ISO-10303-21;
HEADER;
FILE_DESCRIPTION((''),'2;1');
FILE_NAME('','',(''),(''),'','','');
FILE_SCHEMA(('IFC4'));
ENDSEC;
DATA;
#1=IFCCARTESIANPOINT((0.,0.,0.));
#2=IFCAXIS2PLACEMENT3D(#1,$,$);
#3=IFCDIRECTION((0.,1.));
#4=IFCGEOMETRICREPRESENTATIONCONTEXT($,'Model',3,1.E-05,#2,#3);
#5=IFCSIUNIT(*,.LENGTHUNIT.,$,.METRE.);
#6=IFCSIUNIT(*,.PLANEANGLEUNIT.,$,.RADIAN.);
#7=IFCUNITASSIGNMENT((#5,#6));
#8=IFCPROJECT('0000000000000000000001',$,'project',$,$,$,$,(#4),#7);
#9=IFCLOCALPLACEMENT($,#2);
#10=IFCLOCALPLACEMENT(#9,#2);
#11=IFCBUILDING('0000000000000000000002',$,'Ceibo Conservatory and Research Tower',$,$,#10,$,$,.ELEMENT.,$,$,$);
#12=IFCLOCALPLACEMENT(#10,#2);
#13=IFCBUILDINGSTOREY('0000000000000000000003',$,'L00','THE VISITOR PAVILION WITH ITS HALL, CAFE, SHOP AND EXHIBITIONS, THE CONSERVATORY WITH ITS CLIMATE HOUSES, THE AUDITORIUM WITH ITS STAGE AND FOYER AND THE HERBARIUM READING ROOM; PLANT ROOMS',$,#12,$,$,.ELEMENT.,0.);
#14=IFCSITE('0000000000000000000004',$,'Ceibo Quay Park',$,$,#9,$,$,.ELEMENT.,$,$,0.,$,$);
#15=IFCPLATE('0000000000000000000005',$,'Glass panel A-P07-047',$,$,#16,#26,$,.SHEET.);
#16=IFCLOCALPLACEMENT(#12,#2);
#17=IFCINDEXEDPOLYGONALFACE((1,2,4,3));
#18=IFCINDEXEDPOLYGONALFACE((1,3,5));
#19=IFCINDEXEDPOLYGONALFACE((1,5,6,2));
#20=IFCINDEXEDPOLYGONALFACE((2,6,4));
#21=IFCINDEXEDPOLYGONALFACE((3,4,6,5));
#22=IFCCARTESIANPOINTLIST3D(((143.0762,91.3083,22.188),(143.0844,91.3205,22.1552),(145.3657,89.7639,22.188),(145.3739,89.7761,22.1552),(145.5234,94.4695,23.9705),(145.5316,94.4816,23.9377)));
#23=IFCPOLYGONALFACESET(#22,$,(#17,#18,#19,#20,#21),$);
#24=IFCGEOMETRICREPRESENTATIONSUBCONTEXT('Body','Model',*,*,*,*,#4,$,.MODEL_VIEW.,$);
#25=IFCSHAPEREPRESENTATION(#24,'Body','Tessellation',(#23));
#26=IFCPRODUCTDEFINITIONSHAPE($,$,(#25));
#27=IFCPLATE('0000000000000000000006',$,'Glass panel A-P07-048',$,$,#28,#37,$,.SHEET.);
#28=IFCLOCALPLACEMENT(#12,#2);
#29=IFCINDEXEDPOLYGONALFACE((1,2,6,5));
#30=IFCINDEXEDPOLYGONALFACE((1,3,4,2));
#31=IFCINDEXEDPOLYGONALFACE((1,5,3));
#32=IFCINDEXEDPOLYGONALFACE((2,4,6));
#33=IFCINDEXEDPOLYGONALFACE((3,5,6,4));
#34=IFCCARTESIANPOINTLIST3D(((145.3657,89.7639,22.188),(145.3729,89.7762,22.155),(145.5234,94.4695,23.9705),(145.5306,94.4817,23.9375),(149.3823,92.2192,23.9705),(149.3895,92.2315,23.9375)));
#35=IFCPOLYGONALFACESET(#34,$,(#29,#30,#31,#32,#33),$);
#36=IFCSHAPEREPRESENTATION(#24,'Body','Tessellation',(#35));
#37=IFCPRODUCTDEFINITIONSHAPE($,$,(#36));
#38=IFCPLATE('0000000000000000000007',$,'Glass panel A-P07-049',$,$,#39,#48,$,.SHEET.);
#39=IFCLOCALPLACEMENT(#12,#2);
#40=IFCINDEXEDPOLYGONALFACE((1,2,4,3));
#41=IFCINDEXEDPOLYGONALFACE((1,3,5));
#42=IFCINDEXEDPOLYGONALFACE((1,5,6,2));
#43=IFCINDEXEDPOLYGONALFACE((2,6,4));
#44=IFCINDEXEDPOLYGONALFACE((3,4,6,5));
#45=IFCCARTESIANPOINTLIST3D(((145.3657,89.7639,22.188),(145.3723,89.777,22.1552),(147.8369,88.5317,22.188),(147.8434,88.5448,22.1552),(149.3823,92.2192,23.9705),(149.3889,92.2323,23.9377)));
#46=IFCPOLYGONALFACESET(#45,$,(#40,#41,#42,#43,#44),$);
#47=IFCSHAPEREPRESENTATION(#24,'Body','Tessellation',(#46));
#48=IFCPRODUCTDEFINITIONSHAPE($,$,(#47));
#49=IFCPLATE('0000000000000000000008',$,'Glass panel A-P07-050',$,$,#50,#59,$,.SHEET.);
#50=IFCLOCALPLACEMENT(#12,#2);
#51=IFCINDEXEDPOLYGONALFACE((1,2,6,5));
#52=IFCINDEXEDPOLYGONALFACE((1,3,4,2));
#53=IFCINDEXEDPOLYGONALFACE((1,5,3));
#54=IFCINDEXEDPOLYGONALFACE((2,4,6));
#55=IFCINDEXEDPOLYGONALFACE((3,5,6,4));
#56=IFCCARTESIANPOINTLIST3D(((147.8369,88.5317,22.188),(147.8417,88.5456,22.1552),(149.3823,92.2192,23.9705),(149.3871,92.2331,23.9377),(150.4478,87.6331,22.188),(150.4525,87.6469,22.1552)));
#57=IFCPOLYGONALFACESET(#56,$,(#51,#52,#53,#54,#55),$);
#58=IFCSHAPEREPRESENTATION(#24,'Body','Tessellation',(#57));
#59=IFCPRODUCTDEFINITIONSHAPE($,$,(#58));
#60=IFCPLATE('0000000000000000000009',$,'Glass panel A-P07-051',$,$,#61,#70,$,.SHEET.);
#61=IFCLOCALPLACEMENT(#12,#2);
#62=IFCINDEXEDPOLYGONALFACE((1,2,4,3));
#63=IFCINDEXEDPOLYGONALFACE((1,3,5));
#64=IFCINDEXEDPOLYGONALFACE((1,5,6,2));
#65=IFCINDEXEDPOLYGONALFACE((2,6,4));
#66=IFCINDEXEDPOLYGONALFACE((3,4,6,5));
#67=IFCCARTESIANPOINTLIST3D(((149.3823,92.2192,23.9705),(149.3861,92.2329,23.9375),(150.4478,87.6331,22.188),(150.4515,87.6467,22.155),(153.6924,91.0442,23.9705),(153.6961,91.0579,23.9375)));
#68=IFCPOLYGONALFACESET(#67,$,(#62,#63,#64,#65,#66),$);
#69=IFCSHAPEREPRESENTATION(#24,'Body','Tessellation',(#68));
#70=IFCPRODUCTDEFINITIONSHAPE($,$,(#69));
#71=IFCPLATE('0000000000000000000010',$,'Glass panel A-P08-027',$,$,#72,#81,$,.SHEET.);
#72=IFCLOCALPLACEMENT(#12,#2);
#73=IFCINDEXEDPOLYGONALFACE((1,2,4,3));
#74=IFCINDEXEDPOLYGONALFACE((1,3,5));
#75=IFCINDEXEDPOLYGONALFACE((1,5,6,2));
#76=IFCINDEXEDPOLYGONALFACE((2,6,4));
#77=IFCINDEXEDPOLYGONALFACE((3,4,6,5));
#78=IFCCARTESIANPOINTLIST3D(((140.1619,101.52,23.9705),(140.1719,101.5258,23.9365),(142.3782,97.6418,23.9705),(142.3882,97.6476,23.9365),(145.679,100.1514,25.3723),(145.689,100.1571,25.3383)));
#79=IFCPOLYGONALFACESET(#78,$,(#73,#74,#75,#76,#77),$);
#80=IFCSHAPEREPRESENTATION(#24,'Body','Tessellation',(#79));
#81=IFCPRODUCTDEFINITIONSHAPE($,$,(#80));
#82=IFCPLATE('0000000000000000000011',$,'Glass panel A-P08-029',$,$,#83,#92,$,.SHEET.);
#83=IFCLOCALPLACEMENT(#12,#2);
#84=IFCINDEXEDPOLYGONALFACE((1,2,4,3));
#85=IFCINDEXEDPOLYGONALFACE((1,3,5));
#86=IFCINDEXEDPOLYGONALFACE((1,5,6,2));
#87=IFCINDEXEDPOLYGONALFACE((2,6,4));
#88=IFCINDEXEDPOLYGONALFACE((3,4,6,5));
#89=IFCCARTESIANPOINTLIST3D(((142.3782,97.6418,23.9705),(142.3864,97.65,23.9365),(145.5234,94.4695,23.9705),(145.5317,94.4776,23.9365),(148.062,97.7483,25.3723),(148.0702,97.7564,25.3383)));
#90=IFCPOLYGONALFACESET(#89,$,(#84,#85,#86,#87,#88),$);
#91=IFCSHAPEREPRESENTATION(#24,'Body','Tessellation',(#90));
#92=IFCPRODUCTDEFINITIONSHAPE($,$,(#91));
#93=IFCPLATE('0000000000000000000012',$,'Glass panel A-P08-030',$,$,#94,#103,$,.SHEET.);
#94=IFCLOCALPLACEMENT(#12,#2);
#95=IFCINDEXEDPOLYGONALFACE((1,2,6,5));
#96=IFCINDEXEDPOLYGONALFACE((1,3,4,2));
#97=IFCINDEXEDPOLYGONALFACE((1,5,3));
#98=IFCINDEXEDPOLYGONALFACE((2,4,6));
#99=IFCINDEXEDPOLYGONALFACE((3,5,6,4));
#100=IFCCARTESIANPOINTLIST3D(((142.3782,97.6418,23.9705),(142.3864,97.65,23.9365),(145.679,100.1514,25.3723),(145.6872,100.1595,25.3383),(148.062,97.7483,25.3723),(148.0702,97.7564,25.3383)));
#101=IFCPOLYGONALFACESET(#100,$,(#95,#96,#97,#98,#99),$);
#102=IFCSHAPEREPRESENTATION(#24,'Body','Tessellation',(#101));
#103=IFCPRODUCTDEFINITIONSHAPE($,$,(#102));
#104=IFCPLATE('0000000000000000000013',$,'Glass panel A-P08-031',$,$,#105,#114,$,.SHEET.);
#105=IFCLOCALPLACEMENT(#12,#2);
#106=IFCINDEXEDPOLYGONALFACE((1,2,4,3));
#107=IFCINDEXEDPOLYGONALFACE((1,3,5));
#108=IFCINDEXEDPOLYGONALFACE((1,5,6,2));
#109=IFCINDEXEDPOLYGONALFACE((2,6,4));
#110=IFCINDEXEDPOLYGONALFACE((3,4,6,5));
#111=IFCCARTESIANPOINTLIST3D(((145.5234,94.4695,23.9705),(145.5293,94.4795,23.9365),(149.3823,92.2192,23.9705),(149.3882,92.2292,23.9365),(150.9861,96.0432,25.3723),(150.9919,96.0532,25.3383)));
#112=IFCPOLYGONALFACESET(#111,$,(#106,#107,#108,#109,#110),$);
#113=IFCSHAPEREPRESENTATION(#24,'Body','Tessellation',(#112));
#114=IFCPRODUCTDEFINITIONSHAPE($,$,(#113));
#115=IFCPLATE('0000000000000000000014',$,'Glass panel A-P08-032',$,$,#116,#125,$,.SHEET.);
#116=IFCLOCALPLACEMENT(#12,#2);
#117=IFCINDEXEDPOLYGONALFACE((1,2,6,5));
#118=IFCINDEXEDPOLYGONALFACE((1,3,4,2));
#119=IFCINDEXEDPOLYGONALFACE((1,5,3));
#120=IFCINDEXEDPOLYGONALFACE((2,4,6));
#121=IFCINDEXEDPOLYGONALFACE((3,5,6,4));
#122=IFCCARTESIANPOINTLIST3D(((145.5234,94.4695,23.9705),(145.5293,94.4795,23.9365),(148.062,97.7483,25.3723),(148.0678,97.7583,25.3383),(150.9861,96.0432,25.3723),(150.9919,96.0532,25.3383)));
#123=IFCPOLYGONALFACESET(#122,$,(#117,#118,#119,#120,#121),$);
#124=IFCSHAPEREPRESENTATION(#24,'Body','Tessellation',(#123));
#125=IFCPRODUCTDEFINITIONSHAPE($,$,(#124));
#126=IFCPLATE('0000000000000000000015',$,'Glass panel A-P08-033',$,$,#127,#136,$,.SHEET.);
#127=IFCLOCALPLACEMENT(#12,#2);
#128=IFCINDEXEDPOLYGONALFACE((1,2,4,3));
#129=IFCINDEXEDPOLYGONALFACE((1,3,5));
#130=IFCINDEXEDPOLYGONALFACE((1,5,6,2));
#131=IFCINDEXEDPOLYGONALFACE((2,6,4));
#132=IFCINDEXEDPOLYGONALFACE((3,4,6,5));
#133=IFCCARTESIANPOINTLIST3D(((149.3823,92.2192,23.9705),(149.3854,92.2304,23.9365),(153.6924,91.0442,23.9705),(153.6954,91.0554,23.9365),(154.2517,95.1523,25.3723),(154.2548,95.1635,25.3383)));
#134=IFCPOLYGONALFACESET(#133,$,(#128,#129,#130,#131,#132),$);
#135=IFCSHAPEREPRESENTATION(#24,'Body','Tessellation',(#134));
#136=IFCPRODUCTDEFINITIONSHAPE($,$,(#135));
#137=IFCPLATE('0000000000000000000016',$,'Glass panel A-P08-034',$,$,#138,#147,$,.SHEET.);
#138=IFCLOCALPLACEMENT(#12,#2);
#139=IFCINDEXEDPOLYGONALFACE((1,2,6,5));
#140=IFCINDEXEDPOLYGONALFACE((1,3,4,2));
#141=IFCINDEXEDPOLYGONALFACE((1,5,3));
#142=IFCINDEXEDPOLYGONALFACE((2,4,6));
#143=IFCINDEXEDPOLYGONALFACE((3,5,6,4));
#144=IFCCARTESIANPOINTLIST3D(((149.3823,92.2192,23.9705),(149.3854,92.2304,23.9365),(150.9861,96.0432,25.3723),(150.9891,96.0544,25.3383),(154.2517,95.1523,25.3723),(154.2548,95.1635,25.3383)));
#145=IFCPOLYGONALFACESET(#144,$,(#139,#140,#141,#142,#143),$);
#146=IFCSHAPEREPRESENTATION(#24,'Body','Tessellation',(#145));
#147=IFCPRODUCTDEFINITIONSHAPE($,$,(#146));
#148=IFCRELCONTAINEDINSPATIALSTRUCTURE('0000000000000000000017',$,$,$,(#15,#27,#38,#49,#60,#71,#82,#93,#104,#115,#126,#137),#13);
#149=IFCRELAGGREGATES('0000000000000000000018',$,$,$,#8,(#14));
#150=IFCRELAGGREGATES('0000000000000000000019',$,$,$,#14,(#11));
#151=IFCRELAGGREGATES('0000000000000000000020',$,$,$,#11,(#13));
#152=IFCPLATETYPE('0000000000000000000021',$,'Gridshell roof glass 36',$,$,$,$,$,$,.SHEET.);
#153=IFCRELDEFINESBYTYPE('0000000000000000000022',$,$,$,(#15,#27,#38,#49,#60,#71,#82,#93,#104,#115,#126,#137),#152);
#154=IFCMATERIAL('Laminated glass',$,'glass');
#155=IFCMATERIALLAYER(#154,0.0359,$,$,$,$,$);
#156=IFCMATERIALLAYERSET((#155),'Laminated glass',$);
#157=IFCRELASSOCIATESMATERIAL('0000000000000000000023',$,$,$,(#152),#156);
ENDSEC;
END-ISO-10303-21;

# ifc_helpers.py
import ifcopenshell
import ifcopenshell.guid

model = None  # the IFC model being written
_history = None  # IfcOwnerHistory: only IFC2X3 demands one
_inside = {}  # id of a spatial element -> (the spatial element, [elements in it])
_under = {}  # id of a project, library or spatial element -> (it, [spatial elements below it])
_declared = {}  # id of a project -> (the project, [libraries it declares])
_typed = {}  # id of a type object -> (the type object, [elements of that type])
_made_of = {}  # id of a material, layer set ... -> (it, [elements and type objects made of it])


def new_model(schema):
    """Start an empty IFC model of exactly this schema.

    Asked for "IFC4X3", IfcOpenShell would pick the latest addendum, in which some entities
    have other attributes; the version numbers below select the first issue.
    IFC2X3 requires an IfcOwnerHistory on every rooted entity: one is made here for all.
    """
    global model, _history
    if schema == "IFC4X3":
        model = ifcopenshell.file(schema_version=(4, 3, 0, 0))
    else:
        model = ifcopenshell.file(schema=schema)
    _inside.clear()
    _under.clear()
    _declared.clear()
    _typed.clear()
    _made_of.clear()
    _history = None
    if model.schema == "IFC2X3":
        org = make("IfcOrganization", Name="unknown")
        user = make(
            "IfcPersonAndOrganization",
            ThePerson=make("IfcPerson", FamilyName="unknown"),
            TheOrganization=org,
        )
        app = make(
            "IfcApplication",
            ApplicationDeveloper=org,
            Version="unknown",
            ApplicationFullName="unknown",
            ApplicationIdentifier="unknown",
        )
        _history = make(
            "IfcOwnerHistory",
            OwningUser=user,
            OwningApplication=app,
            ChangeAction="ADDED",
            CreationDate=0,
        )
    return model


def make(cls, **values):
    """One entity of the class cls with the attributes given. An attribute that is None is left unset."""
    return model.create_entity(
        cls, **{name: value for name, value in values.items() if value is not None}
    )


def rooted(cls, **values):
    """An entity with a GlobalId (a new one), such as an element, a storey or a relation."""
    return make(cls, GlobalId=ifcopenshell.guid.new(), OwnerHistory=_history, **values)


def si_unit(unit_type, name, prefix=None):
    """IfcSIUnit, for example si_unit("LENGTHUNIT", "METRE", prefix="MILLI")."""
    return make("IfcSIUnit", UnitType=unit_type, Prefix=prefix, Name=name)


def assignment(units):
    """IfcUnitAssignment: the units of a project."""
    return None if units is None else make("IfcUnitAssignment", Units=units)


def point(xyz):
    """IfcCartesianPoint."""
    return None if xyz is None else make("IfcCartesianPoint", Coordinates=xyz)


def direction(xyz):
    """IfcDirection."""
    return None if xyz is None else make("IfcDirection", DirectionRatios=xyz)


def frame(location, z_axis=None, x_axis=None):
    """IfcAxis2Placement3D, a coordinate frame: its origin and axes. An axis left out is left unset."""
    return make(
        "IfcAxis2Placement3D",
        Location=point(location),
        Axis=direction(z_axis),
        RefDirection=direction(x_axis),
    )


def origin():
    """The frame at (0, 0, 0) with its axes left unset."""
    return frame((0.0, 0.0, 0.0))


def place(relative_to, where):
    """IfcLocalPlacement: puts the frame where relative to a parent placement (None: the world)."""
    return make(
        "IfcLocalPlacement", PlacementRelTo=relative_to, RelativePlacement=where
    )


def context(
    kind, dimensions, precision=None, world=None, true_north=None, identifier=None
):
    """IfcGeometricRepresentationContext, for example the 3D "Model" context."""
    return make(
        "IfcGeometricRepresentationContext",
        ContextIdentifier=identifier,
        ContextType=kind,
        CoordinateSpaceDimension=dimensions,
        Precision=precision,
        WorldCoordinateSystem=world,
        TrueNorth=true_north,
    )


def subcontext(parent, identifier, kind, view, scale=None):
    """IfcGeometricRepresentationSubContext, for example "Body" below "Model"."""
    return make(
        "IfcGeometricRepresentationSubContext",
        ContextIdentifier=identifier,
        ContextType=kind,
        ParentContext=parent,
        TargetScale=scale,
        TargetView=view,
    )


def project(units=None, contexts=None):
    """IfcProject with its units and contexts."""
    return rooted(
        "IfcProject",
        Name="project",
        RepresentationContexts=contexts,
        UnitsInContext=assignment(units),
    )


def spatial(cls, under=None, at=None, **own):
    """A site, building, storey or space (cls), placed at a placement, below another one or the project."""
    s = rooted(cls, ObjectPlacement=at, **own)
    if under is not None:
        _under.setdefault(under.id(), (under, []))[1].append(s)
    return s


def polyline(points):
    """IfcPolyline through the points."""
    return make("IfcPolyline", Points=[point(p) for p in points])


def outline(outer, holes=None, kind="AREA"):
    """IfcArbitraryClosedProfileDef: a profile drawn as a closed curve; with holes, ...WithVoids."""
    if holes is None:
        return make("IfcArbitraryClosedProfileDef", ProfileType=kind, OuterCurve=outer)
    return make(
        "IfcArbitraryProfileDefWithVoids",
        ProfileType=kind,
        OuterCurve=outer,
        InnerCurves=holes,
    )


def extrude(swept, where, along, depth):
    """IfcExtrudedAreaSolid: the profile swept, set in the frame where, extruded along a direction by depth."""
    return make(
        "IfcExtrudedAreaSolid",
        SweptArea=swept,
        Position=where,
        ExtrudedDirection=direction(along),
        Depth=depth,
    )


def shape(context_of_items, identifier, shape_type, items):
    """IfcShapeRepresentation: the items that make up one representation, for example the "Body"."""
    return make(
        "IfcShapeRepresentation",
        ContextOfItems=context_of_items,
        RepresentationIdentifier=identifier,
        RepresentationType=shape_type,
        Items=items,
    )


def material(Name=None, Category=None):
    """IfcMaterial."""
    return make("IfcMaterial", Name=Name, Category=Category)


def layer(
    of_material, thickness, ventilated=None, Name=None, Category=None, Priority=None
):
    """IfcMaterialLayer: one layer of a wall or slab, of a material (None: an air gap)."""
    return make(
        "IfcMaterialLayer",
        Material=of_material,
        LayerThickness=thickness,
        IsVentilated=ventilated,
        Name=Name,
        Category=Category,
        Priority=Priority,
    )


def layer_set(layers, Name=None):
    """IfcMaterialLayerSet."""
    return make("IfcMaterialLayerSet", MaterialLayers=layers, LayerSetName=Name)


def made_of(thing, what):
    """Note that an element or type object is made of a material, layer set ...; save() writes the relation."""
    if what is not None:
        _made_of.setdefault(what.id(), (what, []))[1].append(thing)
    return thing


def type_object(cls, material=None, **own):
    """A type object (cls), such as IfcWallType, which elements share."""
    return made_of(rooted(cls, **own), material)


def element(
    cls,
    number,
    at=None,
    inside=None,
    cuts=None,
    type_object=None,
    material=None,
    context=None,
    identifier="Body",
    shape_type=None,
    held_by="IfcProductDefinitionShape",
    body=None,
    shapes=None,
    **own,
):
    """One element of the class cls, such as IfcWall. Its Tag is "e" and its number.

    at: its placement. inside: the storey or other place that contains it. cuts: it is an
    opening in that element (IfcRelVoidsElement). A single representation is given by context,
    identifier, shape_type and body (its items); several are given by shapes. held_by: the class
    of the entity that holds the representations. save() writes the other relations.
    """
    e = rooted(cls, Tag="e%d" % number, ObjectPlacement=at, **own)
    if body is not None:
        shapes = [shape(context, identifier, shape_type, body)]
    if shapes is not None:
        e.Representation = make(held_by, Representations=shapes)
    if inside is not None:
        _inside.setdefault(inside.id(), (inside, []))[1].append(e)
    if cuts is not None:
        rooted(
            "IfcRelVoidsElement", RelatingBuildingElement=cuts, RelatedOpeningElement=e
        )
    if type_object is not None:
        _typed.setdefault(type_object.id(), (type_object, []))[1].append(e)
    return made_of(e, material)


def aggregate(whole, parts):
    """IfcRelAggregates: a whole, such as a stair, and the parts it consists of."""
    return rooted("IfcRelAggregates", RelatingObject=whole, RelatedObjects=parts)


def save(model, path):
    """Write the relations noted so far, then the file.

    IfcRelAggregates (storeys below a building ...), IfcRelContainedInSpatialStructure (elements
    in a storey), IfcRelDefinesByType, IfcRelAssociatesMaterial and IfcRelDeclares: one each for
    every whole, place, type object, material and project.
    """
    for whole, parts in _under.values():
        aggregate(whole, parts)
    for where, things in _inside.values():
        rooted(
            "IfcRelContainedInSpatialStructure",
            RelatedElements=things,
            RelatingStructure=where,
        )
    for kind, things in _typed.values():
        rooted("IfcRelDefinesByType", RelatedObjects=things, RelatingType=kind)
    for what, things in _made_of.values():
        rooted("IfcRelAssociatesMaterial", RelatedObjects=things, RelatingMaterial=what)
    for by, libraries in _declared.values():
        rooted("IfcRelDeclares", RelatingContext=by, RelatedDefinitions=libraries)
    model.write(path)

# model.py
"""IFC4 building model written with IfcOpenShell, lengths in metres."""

from ifc_helpers import new_model, si_unit, direction, frame, origin, place, context, subcontext, project, spatial, polyline, outline, extrude, material, layer, layer_set, type_object, element, save


model = new_model("IFC4")

# Units and contexts
model_context = context("Model", 3, precision=1e-05, world=origin(), true_north=direction((0.0, 1.0)))
body_context = subcontext(model_context, "Body", "Model", "MODEL_VIEW")
ifc_project = project(units=[si_unit("LENGTHUNIT", "METRE"), si_unit("PLANEANGLEUNIT", "RADIAN")], contexts=[model_context])

# Site, building, storey
site_placement = place(None, origin())
site = spatial("IfcSite", under=ifc_project, at=site_placement, Name="Ceibo Quay Park", CompositionType="ELEMENT", RefElevation=0.0)
building_placement = place(site_placement, origin())
building = spatial("IfcBuilding", under=site, at=building_placement, Name="Ceibo Conservatory and Research Tower", CompositionType="ELEMENT")
storey_placement = place(building_placement, origin())
storey = spatial("IfcBuildingStorey", under=building, at=storey_placement, Name="L00", Description="THE VISITOR PAVILION WITH ITS HALL, CAFE, SHOP AND EXHIBITIONS, THE CONSERVATORY WITH ITS CLIMATE HOUSES, THE AUDITORIUM WITH ITS STAGE AND FOYER AND THE HERBARIUM READING ROOM; PLANT ROOMS", CompositionType="ELEMENT", Elevation=0.0)

# Plates
ifc_material_1 = material(Name="Laminated glass", Category="glass")
ifc_layer = layer(ifc_material_1, 0.0359)
ifc_layer_set = layer_set([ifc_layer], Name="Laminated glass")
plate_type = type_object("IfcPlateType", Name="Gridshell roof glass 36", PredefinedType="SHEET", material=ifc_layer_set)
plate_1_placement = place(storey_placement, frame((145.5234, 94.4695, 23.9705), z_axis=(-0.228135, -0.3382, 0.913003), x_axis=(-0.559106, -0.722197, -0.407226)))
element("IfcPlate", 1, at=plate_1_placement, inside=storey, type_object=plate_type, Name="Glass panel A-P07-047", PredefinedType="SHEET", context=body_context, shape_type="SweptSolid", body=[
    extrude(outline(polyline([(0.0, 0.0), (4.3771, 0.0), (4.2124, 2.7568), (0.0, 0.0)])), origin(), (0.0, 0.0, -1.0), 0.0359),
])
plate_2_placement = place(storey_placement, frame((145.5234, 94.4695, 23.9705), z_axis=(-0.199029, -0.34131, 0.918638), x_axis=(-0.031328, -0.934697, -0.354063)))
element("IfcPlate", 2, at=plate_2_placement, inside=storey, type_object=plate_type, Name="Glass panel A-P07-048", PredefinedType="SHEET", context=body_context, shape_type="SweptSolid", body=[
    extrude(outline(polyline([(0.0, 0.0), (5.0343, 0.0), (1.9824, 4.0031), (0.0, 0.0)])), origin(), (0.0, 0.0, -1.0), 0.0359),
])
plate_3_placement = place(storey_placement, frame((149.3823, 92.2192, 23.9705), z_axis=(-0.182022, -0.365053, 0.913019), x_axis=(-0.79793, -0.48777, -0.354102)))
element("IfcPlate", 3, at=plate_3_placement, inside=storey, type_object=plate_type, Name="Glass panel A-P07-049", PredefinedType="SHEET", context=body_context, shape_type="SweptSolid", body=[
    extrude(outline(polyline([(0.0, 0.0), (5.0338, 0.0), (3.663, 2.3971), (0.0, 0.0)])), origin(), (0.0, 0.0, -1.0), 0.0359),
])
plate_4_placement = place(storey_placement, frame((149.3823, 92.2192, 23.9705), z_axis=(-0.132762, -0.385699, 0.913023), x_axis=(-0.353029, -0.842362, -0.407182)))
element("IfcPlate", 4, at=plate_4_placement, inside=storey, type_object=plate_type, Name="Glass panel A-P07-050", PredefinedType="SHEET", context=body_context, shape_type="SweptSolid", body=[
    extrude(outline(polyline([(0.0, 0.0), (4.3776, 0.0), (4.2129, 2.7563), (0.0, 0.0)])), origin(), (0.0, 0.0, -1.0), 0.0359),
])
plate_5_placement = place(storey_placement, frame((149.3823, 92.2192, 23.9705), z_axis=(-0.103921, -0.381182, 0.918641), x_axis=(0.211629, -0.910965, -0.354057)))
element("IfcPlate", 5, at=plate_5_placement, inside=storey, type_object=plate_type, Name="Glass panel A-P07-051", PredefinedType="SHEET", context=body_context, shape_type="SweptSolid", body=[
    extrude(outline(polyline([(0.0, 0.0), (5.0344, 0.0), (1.9826, 4.0033), (0.0, 0.0)])), origin(), (0.0, 0.0, -1.0), 0.0359),
])
plate_6_placement = place(storey_placement, frame((140.1619, 101.52, 23.9705), z_axis=(-0.280222, -0.160142, 0.946483), x_axis=(0.496174, -0.868223, 0.0)))
element("IfcPlate", 6, at=plate_6_placement, inside=storey, type_object=plate_type, Name="Glass panel A-P08-027", PredefinedType="SHEET", context=body_context, shape_type="SweptSolid", body=[
    extrude(outline(polyline([(0.0, 0.0), (4.4668, 0.0), (3.9257, 4.3434), (0.0, 0.0)])), origin(), (0.0, 0.0, -1.0), 0.0359),
])
plate_7_placement = place(storey_placement, frame((142.3782, 97.6418, 23.9705), z_axis=(-0.229186, -0.227228, 0.946489), x_axis=(0.704067, -0.710133, 0.0)))
element("IfcPlate", 7, at=plate_7_placement, inside=storey, type_object=plate_type, Name="Glass panel A-P08-029", PredefinedType="SHEET", context=body_context, shape_type="SweptSolid", body=[
    extrude(outline(polyline([(0.0, 0.0), (4.4673, 0.0), (3.9262, 4.3437), (0.0, 0.0)])), origin(), (0.0, 0.0, -1.0), 0.0359),
])
plate_8_placement = place(storey_placement, frame((142.3782, 97.6418, 23.9705), z_axis=(-0.229182, -0.227273, 0.946479), x_axis=(0.970745, 0.01818, 0.239423)))
element("IfcPlate", 8, at=plate_8_placement, inside=storey, type_object=plate_type, Name="Glass panel A-P08-030", PredefinedType="SHEET", context=body_context, shape_type="SweptSolid", body=[
    extrude(outline(polyline([(0.0, 0.0), (5.8551, 0.0), (3.5855, 2.5105), (0.0, 0.0)])), origin(), (0.0, 0.0, -1.0), 0.0359),
])
plate_9_placement = place(storey_placement, frame((145.5234, 94.4695, 23.9705), z_axis=(-0.162575, -0.278796, 0.946489), x_axis=(0.863854, -0.503742, 0.0)))
element("IfcPlate", 9, at=plate_9_placement, inside=storey, type_object=plate_type, Name="Glass panel A-P08-031", PredefinedType="SHEET", context=body_context, shape_type="SweptSolid", body=[
    extrude(outline(polyline([(0.0, 0.0), (4.4671, 0.0), (3.9262, 4.3437), (0.0, 0.0)])), origin(), (0.0, 0.0, -1.0), 0.0359),
])
plate_10_placement = place(storey_placement, frame((145.5234, 94.4695, 23.9705), z_axis=(-0.162574, -0.278801, 0.946488), x_axis=(0.93297, 0.268779, 0.239424)))
element("IfcPlate", 10, at=plate_10_placement, inside=storey, type_object=plate_type, Name="Glass panel A-P08-032", PredefinedType="SHEET", context=body_context, shape_type="SweptSolid", body=[
    extrude(outline(polyline([(0.0, 0.0), (5.8551, 0.0), (3.5853, 2.5111), (0.0, 0.0)])), origin(), (0.0, 0.0, -1.0), 0.0359),
])
plate_11_placement = place(storey_placement, frame((149.3823, 92.2192, 23.9705), z_axis=(-0.0849, -0.311413, 0.946474), x_axis=(0.964788, -0.26303, 0.0)))
element("IfcPlate", 11, at=plate_11_placement, inside=storey, type_object=plate_type, Name="Glass panel A-P08-033", PredefinedType="SHEET", context=body_context, shape_type="SweptSolid", body=[
    extrude(outline(polyline([(0.0, 0.0), (4.4674, 0.0), (3.9264, 4.3431), (0.0, 0.0)])), origin(), (0.0, 0.0, -1.0), 0.0359),
])
plate_12_placement = place(storey_placement, frame((149.3823, 92.2192, 23.9705), z_axis=(-0.084939, -0.311357, 0.94649), x_axis=(0.831685, 0.500971, 0.239435)))
element("IfcPlate", 12, at=plate_12_placement, inside=storey, type_object=plate_type, Name="Glass panel A-P08-034", PredefinedType="SHEET", context=body_context, shape_type="SweptSolid", body=[
    extrude(outline(polyline([(0.0, 0.0), (5.8548, 0.0), (3.5852, 2.5113), (0.0, 0.0)])), origin(), (0.0, 0.0, -1.0), 0.0359),
])

save(model, "model.ifc")
